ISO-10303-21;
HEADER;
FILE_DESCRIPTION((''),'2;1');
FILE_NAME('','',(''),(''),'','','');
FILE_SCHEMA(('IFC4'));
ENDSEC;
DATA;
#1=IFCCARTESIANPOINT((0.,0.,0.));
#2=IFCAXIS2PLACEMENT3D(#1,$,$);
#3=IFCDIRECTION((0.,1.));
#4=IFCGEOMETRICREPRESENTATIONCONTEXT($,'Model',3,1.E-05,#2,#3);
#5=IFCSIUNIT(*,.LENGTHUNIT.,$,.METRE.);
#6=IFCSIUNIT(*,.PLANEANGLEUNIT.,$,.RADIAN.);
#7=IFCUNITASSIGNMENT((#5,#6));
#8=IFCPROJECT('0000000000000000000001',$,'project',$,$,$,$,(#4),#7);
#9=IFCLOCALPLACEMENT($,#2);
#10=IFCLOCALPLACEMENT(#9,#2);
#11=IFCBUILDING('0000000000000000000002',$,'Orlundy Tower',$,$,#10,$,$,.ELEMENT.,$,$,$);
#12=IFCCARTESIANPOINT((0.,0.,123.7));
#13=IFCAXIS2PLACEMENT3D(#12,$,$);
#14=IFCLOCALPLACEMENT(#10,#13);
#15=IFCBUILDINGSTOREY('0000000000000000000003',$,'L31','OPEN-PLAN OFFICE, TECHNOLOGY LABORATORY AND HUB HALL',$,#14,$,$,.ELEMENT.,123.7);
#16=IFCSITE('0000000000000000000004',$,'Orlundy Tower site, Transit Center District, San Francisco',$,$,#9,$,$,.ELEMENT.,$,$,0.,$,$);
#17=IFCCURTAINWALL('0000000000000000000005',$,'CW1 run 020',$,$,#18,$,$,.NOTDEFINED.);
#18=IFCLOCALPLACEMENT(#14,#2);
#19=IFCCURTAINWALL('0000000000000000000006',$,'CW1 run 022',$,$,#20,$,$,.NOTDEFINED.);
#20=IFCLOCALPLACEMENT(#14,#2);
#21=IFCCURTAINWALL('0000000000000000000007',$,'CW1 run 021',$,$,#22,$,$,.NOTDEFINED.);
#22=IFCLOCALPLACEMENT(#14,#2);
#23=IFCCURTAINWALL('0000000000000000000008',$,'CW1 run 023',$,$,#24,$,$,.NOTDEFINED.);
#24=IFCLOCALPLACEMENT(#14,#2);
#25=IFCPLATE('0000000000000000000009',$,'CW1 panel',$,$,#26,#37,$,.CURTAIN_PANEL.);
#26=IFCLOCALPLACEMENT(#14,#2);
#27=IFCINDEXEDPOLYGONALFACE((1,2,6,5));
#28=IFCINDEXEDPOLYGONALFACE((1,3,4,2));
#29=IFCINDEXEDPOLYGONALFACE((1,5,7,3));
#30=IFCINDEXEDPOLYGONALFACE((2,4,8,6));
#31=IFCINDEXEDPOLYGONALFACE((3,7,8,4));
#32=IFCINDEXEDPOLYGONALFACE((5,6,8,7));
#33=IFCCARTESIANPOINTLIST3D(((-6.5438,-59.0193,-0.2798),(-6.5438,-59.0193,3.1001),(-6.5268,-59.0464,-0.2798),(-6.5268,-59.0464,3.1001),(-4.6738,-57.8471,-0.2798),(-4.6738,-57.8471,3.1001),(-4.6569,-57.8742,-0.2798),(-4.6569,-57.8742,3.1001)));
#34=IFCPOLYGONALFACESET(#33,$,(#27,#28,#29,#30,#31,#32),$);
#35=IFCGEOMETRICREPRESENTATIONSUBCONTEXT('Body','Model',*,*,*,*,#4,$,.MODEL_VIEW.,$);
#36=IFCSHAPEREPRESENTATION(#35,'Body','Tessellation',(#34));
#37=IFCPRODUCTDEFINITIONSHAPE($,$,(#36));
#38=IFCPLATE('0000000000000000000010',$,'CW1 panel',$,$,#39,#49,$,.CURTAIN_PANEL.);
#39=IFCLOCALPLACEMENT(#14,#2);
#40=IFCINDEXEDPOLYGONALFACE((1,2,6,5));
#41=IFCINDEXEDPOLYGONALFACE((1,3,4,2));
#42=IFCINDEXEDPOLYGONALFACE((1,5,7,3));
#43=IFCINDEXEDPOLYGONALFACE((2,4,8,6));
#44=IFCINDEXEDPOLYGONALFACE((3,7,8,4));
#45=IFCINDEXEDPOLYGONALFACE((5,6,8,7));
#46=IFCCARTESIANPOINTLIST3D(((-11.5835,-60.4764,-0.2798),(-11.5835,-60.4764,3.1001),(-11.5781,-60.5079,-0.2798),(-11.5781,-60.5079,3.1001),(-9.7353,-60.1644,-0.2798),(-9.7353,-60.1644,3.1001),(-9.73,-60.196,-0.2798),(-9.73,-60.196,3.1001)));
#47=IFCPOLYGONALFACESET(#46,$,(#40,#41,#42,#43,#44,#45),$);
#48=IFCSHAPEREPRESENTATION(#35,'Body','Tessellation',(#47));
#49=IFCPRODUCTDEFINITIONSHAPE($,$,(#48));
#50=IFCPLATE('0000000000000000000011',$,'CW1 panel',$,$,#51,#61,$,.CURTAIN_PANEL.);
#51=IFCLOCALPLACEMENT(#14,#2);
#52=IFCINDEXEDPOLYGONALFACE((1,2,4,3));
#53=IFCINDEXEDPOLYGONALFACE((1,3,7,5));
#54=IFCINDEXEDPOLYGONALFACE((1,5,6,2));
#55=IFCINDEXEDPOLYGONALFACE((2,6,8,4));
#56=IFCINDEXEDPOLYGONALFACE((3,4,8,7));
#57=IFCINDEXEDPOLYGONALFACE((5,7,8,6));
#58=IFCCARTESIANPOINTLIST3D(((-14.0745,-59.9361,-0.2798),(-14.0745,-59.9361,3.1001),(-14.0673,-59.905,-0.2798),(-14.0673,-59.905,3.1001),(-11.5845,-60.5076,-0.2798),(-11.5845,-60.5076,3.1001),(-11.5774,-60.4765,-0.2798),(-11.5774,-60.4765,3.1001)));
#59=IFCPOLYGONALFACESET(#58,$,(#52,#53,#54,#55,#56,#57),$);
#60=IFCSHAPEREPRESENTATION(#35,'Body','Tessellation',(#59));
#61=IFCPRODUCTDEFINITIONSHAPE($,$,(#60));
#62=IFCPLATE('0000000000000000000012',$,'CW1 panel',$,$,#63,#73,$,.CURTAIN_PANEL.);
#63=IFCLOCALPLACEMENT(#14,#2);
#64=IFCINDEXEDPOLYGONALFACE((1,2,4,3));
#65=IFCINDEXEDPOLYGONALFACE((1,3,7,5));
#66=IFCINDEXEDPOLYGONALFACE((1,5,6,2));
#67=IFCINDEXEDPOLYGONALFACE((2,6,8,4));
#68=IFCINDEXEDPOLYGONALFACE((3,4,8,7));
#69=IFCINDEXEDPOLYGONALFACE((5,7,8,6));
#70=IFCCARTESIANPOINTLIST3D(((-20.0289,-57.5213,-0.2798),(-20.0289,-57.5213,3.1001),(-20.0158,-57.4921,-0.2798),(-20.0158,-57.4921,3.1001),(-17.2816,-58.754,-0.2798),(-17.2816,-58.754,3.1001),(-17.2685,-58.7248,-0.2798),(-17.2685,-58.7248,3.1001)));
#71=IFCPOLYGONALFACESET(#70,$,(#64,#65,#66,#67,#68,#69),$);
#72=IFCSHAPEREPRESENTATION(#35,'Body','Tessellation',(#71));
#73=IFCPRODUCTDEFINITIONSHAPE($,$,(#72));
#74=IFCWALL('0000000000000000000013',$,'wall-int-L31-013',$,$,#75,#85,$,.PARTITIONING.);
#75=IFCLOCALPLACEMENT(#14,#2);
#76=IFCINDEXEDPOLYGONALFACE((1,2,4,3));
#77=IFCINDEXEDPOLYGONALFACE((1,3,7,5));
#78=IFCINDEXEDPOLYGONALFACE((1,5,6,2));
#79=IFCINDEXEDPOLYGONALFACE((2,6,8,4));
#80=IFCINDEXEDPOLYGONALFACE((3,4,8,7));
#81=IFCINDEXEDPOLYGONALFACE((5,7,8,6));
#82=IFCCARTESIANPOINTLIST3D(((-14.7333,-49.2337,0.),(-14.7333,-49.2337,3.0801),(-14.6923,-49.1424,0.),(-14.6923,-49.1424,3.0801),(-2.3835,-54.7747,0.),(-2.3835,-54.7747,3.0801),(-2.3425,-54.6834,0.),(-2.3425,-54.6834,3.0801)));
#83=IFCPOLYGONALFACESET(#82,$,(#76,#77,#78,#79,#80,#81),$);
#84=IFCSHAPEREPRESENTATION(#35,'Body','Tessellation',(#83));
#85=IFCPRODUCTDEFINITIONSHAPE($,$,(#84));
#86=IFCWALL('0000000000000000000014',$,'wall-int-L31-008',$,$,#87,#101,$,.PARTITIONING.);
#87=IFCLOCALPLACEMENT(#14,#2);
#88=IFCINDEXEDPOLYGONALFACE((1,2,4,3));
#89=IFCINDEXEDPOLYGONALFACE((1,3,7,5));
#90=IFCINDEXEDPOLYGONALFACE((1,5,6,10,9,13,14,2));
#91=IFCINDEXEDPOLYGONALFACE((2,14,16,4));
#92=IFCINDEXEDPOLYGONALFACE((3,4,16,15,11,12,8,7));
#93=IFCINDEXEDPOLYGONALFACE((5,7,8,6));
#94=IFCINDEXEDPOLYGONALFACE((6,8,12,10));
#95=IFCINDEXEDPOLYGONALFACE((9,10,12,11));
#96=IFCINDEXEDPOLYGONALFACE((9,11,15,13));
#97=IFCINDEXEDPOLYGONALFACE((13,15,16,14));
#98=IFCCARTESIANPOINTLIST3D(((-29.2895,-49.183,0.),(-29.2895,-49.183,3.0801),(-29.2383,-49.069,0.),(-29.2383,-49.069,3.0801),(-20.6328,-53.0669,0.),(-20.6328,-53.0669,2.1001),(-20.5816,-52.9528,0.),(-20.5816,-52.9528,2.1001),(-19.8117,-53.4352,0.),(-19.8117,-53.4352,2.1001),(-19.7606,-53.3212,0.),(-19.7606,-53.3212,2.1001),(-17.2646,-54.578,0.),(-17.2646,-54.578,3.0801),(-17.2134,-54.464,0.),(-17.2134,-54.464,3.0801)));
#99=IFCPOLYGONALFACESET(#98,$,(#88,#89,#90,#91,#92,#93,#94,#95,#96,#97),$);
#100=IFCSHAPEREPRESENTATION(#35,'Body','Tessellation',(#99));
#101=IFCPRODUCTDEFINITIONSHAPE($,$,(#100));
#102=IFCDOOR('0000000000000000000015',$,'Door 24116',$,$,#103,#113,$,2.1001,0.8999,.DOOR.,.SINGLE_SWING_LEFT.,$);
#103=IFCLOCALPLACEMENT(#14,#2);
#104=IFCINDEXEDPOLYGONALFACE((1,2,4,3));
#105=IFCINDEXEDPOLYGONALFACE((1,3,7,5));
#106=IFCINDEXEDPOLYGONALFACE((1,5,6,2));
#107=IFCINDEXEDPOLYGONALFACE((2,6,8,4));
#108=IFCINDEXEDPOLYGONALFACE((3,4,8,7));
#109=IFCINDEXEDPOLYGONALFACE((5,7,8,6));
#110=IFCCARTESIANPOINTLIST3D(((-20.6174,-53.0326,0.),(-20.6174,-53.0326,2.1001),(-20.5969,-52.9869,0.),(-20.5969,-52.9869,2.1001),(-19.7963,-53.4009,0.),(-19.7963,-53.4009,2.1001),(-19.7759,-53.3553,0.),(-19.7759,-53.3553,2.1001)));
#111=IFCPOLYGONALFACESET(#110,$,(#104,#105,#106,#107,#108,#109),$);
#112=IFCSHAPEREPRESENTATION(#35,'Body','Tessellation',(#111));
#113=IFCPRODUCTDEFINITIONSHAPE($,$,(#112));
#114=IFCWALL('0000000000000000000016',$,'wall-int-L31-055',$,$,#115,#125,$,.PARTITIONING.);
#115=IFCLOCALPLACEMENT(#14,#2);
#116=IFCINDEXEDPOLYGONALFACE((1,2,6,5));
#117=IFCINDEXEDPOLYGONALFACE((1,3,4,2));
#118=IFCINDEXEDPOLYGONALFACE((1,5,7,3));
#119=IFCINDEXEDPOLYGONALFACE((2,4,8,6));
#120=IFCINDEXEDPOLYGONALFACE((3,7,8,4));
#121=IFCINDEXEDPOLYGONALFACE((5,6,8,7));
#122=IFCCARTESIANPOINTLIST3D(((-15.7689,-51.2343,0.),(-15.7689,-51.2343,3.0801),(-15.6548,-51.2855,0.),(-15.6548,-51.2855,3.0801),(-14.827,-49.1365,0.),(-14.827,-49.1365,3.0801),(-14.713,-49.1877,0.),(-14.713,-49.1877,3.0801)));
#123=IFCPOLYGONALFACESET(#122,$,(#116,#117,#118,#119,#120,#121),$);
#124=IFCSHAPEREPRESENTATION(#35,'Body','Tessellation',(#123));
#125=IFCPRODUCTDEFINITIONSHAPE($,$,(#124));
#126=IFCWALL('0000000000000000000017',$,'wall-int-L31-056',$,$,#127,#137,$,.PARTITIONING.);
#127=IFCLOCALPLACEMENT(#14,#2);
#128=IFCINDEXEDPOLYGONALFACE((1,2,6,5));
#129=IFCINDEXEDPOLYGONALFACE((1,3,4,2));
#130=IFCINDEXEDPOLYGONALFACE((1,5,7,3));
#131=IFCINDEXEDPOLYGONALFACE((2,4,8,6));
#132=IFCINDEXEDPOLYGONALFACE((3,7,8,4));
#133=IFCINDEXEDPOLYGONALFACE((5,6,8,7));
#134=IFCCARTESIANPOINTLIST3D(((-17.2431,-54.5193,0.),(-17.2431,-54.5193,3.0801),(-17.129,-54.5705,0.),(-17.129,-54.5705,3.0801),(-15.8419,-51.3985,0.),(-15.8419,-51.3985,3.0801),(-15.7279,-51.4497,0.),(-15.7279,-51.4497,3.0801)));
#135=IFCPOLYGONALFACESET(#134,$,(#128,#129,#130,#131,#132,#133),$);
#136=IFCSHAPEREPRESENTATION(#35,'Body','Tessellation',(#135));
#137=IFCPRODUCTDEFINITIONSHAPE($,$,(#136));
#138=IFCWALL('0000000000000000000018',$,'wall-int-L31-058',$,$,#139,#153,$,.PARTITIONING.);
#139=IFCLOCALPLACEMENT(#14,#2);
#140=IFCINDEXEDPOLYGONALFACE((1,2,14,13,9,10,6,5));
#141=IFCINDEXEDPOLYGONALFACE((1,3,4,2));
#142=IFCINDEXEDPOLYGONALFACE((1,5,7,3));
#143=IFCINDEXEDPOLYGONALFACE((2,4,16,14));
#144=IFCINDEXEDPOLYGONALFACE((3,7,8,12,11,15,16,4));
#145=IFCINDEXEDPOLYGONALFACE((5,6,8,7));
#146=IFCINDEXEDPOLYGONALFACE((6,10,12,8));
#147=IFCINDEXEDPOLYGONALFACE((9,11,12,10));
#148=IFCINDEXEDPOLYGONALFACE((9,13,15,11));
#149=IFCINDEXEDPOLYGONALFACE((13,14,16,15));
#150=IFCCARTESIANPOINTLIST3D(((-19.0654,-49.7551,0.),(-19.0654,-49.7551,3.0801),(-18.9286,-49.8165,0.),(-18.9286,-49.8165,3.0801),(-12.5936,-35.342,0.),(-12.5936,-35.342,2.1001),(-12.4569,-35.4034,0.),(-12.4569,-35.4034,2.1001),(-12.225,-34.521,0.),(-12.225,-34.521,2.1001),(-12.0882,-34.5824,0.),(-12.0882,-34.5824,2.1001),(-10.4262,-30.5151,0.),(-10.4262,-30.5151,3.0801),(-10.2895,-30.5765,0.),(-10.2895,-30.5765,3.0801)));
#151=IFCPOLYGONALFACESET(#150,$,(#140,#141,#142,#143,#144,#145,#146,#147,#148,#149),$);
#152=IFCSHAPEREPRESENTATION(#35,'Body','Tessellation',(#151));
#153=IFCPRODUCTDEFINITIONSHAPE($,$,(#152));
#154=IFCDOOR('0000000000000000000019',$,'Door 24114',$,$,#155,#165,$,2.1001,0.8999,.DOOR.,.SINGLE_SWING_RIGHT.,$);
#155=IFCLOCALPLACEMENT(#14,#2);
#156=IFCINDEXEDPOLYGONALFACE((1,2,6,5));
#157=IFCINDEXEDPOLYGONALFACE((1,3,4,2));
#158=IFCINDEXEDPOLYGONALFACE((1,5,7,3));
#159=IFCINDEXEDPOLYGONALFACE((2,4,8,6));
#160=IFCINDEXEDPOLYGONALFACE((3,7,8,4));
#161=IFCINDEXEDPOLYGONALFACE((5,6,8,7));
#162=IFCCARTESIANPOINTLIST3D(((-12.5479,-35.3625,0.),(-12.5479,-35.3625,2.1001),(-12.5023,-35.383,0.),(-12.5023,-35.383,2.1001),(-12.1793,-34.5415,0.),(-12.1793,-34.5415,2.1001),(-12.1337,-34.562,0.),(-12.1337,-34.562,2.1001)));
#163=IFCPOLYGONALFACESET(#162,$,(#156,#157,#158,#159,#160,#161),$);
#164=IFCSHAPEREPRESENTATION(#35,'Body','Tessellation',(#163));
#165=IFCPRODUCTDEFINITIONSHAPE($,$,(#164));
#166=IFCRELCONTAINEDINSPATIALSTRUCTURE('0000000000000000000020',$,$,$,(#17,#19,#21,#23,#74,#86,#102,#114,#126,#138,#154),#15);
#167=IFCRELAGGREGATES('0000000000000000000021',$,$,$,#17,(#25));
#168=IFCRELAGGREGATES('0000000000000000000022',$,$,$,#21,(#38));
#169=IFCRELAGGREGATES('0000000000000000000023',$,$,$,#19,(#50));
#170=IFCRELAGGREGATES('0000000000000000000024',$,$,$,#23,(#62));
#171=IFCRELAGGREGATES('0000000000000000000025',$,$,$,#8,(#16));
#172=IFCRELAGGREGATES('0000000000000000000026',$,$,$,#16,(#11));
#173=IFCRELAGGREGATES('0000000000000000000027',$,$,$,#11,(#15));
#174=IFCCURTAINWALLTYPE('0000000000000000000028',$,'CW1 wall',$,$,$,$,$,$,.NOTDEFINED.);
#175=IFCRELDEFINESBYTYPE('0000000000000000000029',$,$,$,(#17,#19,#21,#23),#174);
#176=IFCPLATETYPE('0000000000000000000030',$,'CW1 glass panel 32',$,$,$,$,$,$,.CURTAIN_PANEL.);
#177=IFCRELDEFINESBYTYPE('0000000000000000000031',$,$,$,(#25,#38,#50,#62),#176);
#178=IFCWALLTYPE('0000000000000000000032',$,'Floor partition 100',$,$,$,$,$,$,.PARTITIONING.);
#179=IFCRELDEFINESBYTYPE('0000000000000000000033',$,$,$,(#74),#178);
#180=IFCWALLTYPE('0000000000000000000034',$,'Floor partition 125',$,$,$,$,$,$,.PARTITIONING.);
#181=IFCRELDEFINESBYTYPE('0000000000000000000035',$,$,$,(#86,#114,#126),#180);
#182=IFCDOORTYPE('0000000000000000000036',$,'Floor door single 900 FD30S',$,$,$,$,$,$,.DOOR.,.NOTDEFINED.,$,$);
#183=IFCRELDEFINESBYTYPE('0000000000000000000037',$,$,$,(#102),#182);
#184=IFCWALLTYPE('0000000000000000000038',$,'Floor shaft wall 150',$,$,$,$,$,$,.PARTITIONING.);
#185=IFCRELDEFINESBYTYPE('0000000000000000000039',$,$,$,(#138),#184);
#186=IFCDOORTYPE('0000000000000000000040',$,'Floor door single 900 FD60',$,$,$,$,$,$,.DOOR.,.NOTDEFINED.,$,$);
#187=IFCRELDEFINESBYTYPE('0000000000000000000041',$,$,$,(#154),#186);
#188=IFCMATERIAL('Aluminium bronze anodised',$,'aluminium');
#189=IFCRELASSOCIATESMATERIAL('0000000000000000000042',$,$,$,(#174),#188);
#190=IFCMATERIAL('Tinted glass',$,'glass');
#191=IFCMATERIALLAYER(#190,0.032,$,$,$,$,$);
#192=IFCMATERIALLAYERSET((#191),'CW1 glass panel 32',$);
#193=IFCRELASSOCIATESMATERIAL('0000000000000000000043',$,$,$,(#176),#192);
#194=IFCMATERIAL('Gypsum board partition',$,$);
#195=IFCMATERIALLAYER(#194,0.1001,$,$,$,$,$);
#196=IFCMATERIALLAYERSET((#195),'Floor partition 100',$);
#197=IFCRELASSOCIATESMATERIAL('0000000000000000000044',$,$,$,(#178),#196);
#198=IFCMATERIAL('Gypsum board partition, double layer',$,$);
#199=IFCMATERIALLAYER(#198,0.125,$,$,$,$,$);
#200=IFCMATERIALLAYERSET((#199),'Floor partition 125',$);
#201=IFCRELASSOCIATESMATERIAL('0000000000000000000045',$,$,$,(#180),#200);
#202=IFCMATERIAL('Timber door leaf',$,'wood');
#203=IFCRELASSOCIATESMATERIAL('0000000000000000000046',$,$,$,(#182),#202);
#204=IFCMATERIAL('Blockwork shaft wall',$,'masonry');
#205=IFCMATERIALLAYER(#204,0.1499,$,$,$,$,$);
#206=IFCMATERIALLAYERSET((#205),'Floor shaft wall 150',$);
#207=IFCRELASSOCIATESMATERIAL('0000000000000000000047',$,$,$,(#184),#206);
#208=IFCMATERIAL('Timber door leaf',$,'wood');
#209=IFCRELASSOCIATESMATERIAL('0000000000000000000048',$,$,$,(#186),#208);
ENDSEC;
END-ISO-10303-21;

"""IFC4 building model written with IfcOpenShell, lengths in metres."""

from ifc_helpers import new_model, si_unit, direction, frame, frame_2d, origin, origin_2d, place, context, subcontext, project, spatial, rectangle, extrude, material, layer, layer_set, type_object, element, fill, aggregate, save


model = new_model("IFC4")

# Units and contexts
model_context = context("Model", 3, precision=1e-05, world=origin(), true_north=direction((0.0, 1.0)))
body_context = subcontext(model_context, "Body", "Model", "MODEL_VIEW")
ifc_project = project(units=[si_unit("LENGTHUNIT", "METRE"), si_unit("PLANEANGLEUNIT", "RADIAN")], contexts=[model_context])

# Site, building, storey
site_placement = place(None, origin())
site = spatial("IfcSite", under=ifc_project, at=site_placement, Name="Orlundy Tower site, Transit Center District, San Francisco", CompositionType="ELEMENT", RefElevation=0.0)
building_placement = place(site_placement, origin())
building = spatial("IfcBuilding", under=site, at=building_placement, Name="Orlundy Tower", CompositionType="ELEMENT")
storey_placement = place(building_placement, frame((0.0, 0.0, 123.7)))
storey = spatial("IfcBuildingStorey", under=building, at=storey_placement, Name="L31", Description="OPEN-PLAN OFFICE, TECHNOLOGY LABORATORY AND HUB HALL", CompositionType="ELEMENT", Elevation=123.7)

# Curtain walls
ifc_material_1 = material(Name="Aluminium bronze anodised", Category="aluminium")
curtain_wall_type = type_object("IfcCurtainWallType", Name="CW1 wall", PredefinedType="NOTDEFINED", material=ifc_material_1)
curtain_wall_1_placement = place(storey_placement, origin())
curtain_wall_1 = element("IfcCurtainWall", 1, at=curtain_wall_1_placement, inside=storey, type_object=curtain_wall_type, Name="CW1 run 020", PredefinedType="NOTDEFINED")
curtain_wall_2_placement = place(storey_placement, origin())
curtain_wall_2 = element("IfcCurtainWall", 2, at=curtain_wall_2_placement, inside=storey, type_object=curtain_wall_type, Name="CW1 run 022", PredefinedType="NOTDEFINED")

# Curtain wall
curtain_wall_3_placement = place(storey_placement, origin())
curtain_wall_3 = element("IfcCurtainWall", 3, at=curtain_wall_3_placement, inside=storey, type_object=curtain_wall_type, Name="CW1 run 021", PredefinedType="NOTDEFINED")

# Curtain wall
curtain_wall_4_placement = place(storey_placement, origin())
curtain_wall_4 = element("IfcCurtainWall", 4, at=curtain_wall_4_placement, inside=storey, type_object=curtain_wall_type, Name="CW1 run 023", PredefinedType="NOTDEFINED")

# Plates
ifc_material_2 = material(Name="Tinted glass", Category="glass")
ifc_layer_1 = layer(ifc_material_2, 0.032)
ifc_layer_set_1 = layer_set([ifc_layer_1], Name="CW1 glass panel 32")
plate_type = type_object("IfcPlateType", Name="CW1 glass panel 32", PredefinedType="CURTAIN_PANEL", material=ifc_layer_set_1)
plate_1_placement = place(storey_placement, frame((-5.6003, -58.4468, -0.2798), z_axis=(0.0, 0.0, 1.0), x_axis=(-0.847285, -0.531138, 0.0)))
plate_1 = element("IfcPlate", 5, at=plate_1_placement, type_object=plate_type, Name="CW1 panel", PredefinedType="CURTAIN_PANEL", context=body_context, shape_type="SweptSolid", body=[
    extrude(rectangle(XDim=2.207, YDim=0.032, at=origin_2d()), origin(), (0.0, 0.0, 1.0), 3.3799),
])
aggregate(curtain_wall_1, [plate_1])
plate_2_placement = place(storey_placement, frame((-10.6567, -60.3362, -0.2798), z_axis=(0.0, 0.0, 1.0), x_axis=(-0.986049, -0.166455, 0.0)))
plate_2 = element("IfcPlate", 6, at=plate_2_placement, type_object=plate_type, Name="CW1 panel", PredefinedType="CURTAIN_PANEL", context=body_context, shape_type="SweptSolid", body=[
    extrude(rectangle(XDim=1.8743, YDim=0.032, at=origin_2d()), origin(), (0.0, 0.0, 1.0), 3.3799),
])
aggregate(curtain_wall_3, [plate_2])
plate_3_placement = place(storey_placement, frame((-12.8259, -60.2063, -0.2798), z_axis=(0.0, 0.0, 1.0), x_axis=(-0.974659, 0.223697, 0.0)))
plate_3 = element("IfcPlate", 7, at=plate_3_placement, type_object=plate_type, Name="CW1 panel", PredefinedType="CURTAIN_PANEL", context=body_context, shape_type="SweptSolid", body=[
    extrude(rectangle(XDim=2.5547, YDim=0.032, at=origin_2d()), origin(), (0.0, 0.0, 1.0), 3.3799),
])
aggregate(curtain_wall_2, [plate_3])
plate_4_placement = place(storey_placement, frame((-18.6487, -58.123, -0.2798), z_axis=(0.0, 0.0, 1.0), x_axis=(-0.912366, 0.409374, 0.0)))
plate_4 = element("IfcPlate", 8, at=plate_4_placement, type_object=plate_type, Name="CW1 panel", PredefinedType="CURTAIN_PANEL", context=body_context, shape_type="SweptSolid", body=[
    extrude(rectangle(XDim=3.0112, YDim=0.032, at=origin_2d()), origin(), (0.0, 0.0, 1.0), 3.3799),
])
aggregate(curtain_wall_4, [plate_4])

# Wall
ifc_material_3 = material(Name="Gypsum board partition")
ifc_layer_2 = layer(ifc_material_3, 0.1001)
ifc_layer_set_2 = layer_set([ifc_layer_2], Name="Floor partition 100")
wall_type_1 = type_object("IfcWallType", Name="Floor partition 100", PredefinedType="PARTITIONING", material=ifc_layer_set_2)
wall_1_placement = place(storey_placement, frame((-14.7129, -49.188, 0.0), z_axis=(0.0, 0.0, 1.0), x_axis=(0.912375, -0.409356, 0.0)))
element("IfcWall", 9, at=wall_1_placement, inside=storey, type_object=wall_type_1, Name="wall-int-L31-013", PredefinedType="PARTITIONING", context=body_context, shape_type="SweptSolid", body=[
    extrude(rectangle(XDim=13.5359, YDim=0.1001, at=frame_2d((6.7681, 0.0))), origin(), (0.0, 0.0, 1.0), 3.0801),
])

# Wall, opening, door
ifc_material_4 = material(Name="Gypsum board partition, double layer")
ifc_layer_3 = layer(ifc_material_4, 0.125)
ifc_layer_set_3 = layer_set([ifc_layer_3], Name="Floor partition 125")
wall_type_2 = type_object("IfcWallType", Name="Floor partition 125", PredefinedType="PARTITIONING", material=ifc_layer_set_3)
wall_2_placement = place(storey_placement, frame((-17.239, -54.521, 0.0), z_axis=(0.0, 0.0, 1.0), x_axis=(-0.912381, 0.409343, 0.0)))
wall_2 = element("IfcWall", 10, at=wall_2_placement, inside=storey, type_object=wall_type_2, Name="wall-int-L31-008", PredefinedType="PARTITIONING", context=body_context, shape_type="SweptSolid", body=[
    extrude(rectangle(XDim=13.1797, YDim=0.125, at=frame_2d((6.5898, 0.0))), origin(), (0.0, 0.0, 1.0), 3.0801),
])
opening_1_placement = place(wall_2_placement, frame((2.7917, 0.0, 0.0)))
opening_1 = element("IfcOpeningElement", 11, at=opening_1_placement, cuts=wall_2, PredefinedType="OPENING", context=body_context, shape_type="SweptSolid", body=[
    extrude(rectangle(XDim=0.8999, YDim=2.1001, at=frame_2d((0.45, 1.05))), frame((0.0, 0.0725, 0.0), z_axis=(0.0, -1.0, 0.0), x_axis=(1.0, 0.0, 0.0)), (0.0, 0.0, 1.0), 0.145),
])
ifc_material_5 = material(Name="Timber door leaf", Category="wood")
door_type_1 = type_object("IfcDoorType", Name="Floor door single 900 FD30S", OperationType="NOTDEFINED", PredefinedType="DOOR", material=ifc_material_5)
door_1_placement = place(opening_1_placement, origin())
door_1 = element("IfcDoor", 12, at=door_1_placement, inside=storey, type_object=door_type_1, Name="Door 24116", OperationType="SINGLE_SWING_LEFT", OverallHeight=2.1001, OverallWidth=0.8999, PredefinedType="DOOR", context=body_context, shape_type="SweptSolid", body=[
    extrude(rectangle(XDim=0.8999, YDim=2.1001, at=frame_2d((0.45, 1.05))), frame((0.0, 0.0249, 0.0), z_axis=(0.0, -1.0, 0.0), x_axis=(1.0, 0.0, 0.0)), (0.0, 0.0, 1.0), 0.05),
])
fill(opening_1, door_1)

# Walls
wall_3_placement = place(storey_placement, frame((-15.7119, -51.26, 0.0), z_axis=(0.0, 0.0, 1.0), x_axis=(0.409583, 0.912273, 0.0)))
element("IfcWall", 13, at=wall_3_placement, inside=storey, type_object=wall_type_2, Name="wall-int-L31-055", PredefinedType="PARTITIONING", context=body_context, shape_type="SweptSolid", body=[
    extrude(rectangle(XDim=2.2996, YDim=0.125, at=frame_2d((1.1499, 0.0))), origin(), (0.0, 0.0, 1.0), 3.0801),
])
wall_4_placement = place(storey_placement, frame((-17.186, -54.5449, 0.0), z_axis=(0.0, 0.0, 1.0), x_axis=(0.409572, 0.912278, 0.0)))
element("IfcWall", 14, at=wall_4_placement, inside=storey, type_object=wall_type_2, Name="wall-int-L31-056", PredefinedType="PARTITIONING", context=body_context, shape_type="SweptSolid", body=[
    extrude(rectangle(XDim=3.4209, YDim=0.125, at=frame_2d((1.7104, 0.0))), origin(), (0.0, 0.0, 1.0), 3.0801),
])

# Wall, opening, door
ifc_material_6 = material(Name="Blockwork shaft wall", Category="masonry")
ifc_layer_4 = layer(ifc_material_6, 0.1499)
ifc_layer_set_4 = layer_set([ifc_layer_4], Name="Floor shaft wall 150")
wall_type_3 = type_object("IfcWallType", Name="Floor shaft wall 150", PredefinedType="PARTITIONING", material=ifc_layer_set_4)
wall_5_placement = place(storey_placement, frame((-18.9971, -49.7859, 0.0), z_axis=(0.0, 0.0, 1.0), x_axis=(0.409622, 0.912255, 0.0)))
wall_5 = element("IfcWall", 15, at=wall_5_placement, inside=storey, type_object=wall_type_3, Name="wall-int-L31-058", PredefinedType="PARTITIONING", context=body_context, shape_type="SweptSolid", body=[
    extrude(rectangle(XDim=21.0906, YDim=0.1499, at=frame_2d((10.5454, 0.0))), origin(), (0.0, 0.0, 1.0), 3.0801),
])
opening_2_placement = place(wall_5_placement, frame((15.7996, 0.0, 0.0)))
opening_2 = element("IfcOpeningElement", 16, at=opening_2_placement, cuts=wall_5, PredefinedType="OPENING", context=body_context, shape_type="SweptSolid", body=[
    extrude(rectangle(XDim=0.8999, YDim=2.1001, at=frame_2d((0.45, 1.05))), frame((0.0, 0.085, 0.0), z_axis=(0.0, -1.0, 0.0), x_axis=(1.0, 0.0, 0.0)), (0.0, 0.0, 1.0), 0.1699),
])
ifc_material_7 = material(Name="Timber door leaf", Category="wood")
door_type_2 = type_object("IfcDoorType", Name="Floor door single 900 FD60", OperationType="NOTDEFINED", PredefinedType="DOOR", material=ifc_material_7)
door_2_placement = place(opening_2_placement, origin())
door_2 = element("IfcDoor", 17, at=door_2_placement, inside=storey, type_object=door_type_2, Name="Door 24114", OperationType="SINGLE_SWING_RIGHT", OverallHeight=2.1001, OverallWidth=0.8999, PredefinedType="DOOR", context=body_context, shape_type="SweptSolid", body=[
    extrude(rectangle(XDim=0.8999, YDim=2.1001, at=frame_2d((0.45, 1.05))), frame((0.0, 0.0249, 0.0), z_axis=(0.0, -1.0, 0.0), x_axis=(1.0, 0.0, 0.0)), (0.0, 0.0, 1.0), 0.05),
])
fill(opening_2, door_2)

save(model, "model.ifc")
